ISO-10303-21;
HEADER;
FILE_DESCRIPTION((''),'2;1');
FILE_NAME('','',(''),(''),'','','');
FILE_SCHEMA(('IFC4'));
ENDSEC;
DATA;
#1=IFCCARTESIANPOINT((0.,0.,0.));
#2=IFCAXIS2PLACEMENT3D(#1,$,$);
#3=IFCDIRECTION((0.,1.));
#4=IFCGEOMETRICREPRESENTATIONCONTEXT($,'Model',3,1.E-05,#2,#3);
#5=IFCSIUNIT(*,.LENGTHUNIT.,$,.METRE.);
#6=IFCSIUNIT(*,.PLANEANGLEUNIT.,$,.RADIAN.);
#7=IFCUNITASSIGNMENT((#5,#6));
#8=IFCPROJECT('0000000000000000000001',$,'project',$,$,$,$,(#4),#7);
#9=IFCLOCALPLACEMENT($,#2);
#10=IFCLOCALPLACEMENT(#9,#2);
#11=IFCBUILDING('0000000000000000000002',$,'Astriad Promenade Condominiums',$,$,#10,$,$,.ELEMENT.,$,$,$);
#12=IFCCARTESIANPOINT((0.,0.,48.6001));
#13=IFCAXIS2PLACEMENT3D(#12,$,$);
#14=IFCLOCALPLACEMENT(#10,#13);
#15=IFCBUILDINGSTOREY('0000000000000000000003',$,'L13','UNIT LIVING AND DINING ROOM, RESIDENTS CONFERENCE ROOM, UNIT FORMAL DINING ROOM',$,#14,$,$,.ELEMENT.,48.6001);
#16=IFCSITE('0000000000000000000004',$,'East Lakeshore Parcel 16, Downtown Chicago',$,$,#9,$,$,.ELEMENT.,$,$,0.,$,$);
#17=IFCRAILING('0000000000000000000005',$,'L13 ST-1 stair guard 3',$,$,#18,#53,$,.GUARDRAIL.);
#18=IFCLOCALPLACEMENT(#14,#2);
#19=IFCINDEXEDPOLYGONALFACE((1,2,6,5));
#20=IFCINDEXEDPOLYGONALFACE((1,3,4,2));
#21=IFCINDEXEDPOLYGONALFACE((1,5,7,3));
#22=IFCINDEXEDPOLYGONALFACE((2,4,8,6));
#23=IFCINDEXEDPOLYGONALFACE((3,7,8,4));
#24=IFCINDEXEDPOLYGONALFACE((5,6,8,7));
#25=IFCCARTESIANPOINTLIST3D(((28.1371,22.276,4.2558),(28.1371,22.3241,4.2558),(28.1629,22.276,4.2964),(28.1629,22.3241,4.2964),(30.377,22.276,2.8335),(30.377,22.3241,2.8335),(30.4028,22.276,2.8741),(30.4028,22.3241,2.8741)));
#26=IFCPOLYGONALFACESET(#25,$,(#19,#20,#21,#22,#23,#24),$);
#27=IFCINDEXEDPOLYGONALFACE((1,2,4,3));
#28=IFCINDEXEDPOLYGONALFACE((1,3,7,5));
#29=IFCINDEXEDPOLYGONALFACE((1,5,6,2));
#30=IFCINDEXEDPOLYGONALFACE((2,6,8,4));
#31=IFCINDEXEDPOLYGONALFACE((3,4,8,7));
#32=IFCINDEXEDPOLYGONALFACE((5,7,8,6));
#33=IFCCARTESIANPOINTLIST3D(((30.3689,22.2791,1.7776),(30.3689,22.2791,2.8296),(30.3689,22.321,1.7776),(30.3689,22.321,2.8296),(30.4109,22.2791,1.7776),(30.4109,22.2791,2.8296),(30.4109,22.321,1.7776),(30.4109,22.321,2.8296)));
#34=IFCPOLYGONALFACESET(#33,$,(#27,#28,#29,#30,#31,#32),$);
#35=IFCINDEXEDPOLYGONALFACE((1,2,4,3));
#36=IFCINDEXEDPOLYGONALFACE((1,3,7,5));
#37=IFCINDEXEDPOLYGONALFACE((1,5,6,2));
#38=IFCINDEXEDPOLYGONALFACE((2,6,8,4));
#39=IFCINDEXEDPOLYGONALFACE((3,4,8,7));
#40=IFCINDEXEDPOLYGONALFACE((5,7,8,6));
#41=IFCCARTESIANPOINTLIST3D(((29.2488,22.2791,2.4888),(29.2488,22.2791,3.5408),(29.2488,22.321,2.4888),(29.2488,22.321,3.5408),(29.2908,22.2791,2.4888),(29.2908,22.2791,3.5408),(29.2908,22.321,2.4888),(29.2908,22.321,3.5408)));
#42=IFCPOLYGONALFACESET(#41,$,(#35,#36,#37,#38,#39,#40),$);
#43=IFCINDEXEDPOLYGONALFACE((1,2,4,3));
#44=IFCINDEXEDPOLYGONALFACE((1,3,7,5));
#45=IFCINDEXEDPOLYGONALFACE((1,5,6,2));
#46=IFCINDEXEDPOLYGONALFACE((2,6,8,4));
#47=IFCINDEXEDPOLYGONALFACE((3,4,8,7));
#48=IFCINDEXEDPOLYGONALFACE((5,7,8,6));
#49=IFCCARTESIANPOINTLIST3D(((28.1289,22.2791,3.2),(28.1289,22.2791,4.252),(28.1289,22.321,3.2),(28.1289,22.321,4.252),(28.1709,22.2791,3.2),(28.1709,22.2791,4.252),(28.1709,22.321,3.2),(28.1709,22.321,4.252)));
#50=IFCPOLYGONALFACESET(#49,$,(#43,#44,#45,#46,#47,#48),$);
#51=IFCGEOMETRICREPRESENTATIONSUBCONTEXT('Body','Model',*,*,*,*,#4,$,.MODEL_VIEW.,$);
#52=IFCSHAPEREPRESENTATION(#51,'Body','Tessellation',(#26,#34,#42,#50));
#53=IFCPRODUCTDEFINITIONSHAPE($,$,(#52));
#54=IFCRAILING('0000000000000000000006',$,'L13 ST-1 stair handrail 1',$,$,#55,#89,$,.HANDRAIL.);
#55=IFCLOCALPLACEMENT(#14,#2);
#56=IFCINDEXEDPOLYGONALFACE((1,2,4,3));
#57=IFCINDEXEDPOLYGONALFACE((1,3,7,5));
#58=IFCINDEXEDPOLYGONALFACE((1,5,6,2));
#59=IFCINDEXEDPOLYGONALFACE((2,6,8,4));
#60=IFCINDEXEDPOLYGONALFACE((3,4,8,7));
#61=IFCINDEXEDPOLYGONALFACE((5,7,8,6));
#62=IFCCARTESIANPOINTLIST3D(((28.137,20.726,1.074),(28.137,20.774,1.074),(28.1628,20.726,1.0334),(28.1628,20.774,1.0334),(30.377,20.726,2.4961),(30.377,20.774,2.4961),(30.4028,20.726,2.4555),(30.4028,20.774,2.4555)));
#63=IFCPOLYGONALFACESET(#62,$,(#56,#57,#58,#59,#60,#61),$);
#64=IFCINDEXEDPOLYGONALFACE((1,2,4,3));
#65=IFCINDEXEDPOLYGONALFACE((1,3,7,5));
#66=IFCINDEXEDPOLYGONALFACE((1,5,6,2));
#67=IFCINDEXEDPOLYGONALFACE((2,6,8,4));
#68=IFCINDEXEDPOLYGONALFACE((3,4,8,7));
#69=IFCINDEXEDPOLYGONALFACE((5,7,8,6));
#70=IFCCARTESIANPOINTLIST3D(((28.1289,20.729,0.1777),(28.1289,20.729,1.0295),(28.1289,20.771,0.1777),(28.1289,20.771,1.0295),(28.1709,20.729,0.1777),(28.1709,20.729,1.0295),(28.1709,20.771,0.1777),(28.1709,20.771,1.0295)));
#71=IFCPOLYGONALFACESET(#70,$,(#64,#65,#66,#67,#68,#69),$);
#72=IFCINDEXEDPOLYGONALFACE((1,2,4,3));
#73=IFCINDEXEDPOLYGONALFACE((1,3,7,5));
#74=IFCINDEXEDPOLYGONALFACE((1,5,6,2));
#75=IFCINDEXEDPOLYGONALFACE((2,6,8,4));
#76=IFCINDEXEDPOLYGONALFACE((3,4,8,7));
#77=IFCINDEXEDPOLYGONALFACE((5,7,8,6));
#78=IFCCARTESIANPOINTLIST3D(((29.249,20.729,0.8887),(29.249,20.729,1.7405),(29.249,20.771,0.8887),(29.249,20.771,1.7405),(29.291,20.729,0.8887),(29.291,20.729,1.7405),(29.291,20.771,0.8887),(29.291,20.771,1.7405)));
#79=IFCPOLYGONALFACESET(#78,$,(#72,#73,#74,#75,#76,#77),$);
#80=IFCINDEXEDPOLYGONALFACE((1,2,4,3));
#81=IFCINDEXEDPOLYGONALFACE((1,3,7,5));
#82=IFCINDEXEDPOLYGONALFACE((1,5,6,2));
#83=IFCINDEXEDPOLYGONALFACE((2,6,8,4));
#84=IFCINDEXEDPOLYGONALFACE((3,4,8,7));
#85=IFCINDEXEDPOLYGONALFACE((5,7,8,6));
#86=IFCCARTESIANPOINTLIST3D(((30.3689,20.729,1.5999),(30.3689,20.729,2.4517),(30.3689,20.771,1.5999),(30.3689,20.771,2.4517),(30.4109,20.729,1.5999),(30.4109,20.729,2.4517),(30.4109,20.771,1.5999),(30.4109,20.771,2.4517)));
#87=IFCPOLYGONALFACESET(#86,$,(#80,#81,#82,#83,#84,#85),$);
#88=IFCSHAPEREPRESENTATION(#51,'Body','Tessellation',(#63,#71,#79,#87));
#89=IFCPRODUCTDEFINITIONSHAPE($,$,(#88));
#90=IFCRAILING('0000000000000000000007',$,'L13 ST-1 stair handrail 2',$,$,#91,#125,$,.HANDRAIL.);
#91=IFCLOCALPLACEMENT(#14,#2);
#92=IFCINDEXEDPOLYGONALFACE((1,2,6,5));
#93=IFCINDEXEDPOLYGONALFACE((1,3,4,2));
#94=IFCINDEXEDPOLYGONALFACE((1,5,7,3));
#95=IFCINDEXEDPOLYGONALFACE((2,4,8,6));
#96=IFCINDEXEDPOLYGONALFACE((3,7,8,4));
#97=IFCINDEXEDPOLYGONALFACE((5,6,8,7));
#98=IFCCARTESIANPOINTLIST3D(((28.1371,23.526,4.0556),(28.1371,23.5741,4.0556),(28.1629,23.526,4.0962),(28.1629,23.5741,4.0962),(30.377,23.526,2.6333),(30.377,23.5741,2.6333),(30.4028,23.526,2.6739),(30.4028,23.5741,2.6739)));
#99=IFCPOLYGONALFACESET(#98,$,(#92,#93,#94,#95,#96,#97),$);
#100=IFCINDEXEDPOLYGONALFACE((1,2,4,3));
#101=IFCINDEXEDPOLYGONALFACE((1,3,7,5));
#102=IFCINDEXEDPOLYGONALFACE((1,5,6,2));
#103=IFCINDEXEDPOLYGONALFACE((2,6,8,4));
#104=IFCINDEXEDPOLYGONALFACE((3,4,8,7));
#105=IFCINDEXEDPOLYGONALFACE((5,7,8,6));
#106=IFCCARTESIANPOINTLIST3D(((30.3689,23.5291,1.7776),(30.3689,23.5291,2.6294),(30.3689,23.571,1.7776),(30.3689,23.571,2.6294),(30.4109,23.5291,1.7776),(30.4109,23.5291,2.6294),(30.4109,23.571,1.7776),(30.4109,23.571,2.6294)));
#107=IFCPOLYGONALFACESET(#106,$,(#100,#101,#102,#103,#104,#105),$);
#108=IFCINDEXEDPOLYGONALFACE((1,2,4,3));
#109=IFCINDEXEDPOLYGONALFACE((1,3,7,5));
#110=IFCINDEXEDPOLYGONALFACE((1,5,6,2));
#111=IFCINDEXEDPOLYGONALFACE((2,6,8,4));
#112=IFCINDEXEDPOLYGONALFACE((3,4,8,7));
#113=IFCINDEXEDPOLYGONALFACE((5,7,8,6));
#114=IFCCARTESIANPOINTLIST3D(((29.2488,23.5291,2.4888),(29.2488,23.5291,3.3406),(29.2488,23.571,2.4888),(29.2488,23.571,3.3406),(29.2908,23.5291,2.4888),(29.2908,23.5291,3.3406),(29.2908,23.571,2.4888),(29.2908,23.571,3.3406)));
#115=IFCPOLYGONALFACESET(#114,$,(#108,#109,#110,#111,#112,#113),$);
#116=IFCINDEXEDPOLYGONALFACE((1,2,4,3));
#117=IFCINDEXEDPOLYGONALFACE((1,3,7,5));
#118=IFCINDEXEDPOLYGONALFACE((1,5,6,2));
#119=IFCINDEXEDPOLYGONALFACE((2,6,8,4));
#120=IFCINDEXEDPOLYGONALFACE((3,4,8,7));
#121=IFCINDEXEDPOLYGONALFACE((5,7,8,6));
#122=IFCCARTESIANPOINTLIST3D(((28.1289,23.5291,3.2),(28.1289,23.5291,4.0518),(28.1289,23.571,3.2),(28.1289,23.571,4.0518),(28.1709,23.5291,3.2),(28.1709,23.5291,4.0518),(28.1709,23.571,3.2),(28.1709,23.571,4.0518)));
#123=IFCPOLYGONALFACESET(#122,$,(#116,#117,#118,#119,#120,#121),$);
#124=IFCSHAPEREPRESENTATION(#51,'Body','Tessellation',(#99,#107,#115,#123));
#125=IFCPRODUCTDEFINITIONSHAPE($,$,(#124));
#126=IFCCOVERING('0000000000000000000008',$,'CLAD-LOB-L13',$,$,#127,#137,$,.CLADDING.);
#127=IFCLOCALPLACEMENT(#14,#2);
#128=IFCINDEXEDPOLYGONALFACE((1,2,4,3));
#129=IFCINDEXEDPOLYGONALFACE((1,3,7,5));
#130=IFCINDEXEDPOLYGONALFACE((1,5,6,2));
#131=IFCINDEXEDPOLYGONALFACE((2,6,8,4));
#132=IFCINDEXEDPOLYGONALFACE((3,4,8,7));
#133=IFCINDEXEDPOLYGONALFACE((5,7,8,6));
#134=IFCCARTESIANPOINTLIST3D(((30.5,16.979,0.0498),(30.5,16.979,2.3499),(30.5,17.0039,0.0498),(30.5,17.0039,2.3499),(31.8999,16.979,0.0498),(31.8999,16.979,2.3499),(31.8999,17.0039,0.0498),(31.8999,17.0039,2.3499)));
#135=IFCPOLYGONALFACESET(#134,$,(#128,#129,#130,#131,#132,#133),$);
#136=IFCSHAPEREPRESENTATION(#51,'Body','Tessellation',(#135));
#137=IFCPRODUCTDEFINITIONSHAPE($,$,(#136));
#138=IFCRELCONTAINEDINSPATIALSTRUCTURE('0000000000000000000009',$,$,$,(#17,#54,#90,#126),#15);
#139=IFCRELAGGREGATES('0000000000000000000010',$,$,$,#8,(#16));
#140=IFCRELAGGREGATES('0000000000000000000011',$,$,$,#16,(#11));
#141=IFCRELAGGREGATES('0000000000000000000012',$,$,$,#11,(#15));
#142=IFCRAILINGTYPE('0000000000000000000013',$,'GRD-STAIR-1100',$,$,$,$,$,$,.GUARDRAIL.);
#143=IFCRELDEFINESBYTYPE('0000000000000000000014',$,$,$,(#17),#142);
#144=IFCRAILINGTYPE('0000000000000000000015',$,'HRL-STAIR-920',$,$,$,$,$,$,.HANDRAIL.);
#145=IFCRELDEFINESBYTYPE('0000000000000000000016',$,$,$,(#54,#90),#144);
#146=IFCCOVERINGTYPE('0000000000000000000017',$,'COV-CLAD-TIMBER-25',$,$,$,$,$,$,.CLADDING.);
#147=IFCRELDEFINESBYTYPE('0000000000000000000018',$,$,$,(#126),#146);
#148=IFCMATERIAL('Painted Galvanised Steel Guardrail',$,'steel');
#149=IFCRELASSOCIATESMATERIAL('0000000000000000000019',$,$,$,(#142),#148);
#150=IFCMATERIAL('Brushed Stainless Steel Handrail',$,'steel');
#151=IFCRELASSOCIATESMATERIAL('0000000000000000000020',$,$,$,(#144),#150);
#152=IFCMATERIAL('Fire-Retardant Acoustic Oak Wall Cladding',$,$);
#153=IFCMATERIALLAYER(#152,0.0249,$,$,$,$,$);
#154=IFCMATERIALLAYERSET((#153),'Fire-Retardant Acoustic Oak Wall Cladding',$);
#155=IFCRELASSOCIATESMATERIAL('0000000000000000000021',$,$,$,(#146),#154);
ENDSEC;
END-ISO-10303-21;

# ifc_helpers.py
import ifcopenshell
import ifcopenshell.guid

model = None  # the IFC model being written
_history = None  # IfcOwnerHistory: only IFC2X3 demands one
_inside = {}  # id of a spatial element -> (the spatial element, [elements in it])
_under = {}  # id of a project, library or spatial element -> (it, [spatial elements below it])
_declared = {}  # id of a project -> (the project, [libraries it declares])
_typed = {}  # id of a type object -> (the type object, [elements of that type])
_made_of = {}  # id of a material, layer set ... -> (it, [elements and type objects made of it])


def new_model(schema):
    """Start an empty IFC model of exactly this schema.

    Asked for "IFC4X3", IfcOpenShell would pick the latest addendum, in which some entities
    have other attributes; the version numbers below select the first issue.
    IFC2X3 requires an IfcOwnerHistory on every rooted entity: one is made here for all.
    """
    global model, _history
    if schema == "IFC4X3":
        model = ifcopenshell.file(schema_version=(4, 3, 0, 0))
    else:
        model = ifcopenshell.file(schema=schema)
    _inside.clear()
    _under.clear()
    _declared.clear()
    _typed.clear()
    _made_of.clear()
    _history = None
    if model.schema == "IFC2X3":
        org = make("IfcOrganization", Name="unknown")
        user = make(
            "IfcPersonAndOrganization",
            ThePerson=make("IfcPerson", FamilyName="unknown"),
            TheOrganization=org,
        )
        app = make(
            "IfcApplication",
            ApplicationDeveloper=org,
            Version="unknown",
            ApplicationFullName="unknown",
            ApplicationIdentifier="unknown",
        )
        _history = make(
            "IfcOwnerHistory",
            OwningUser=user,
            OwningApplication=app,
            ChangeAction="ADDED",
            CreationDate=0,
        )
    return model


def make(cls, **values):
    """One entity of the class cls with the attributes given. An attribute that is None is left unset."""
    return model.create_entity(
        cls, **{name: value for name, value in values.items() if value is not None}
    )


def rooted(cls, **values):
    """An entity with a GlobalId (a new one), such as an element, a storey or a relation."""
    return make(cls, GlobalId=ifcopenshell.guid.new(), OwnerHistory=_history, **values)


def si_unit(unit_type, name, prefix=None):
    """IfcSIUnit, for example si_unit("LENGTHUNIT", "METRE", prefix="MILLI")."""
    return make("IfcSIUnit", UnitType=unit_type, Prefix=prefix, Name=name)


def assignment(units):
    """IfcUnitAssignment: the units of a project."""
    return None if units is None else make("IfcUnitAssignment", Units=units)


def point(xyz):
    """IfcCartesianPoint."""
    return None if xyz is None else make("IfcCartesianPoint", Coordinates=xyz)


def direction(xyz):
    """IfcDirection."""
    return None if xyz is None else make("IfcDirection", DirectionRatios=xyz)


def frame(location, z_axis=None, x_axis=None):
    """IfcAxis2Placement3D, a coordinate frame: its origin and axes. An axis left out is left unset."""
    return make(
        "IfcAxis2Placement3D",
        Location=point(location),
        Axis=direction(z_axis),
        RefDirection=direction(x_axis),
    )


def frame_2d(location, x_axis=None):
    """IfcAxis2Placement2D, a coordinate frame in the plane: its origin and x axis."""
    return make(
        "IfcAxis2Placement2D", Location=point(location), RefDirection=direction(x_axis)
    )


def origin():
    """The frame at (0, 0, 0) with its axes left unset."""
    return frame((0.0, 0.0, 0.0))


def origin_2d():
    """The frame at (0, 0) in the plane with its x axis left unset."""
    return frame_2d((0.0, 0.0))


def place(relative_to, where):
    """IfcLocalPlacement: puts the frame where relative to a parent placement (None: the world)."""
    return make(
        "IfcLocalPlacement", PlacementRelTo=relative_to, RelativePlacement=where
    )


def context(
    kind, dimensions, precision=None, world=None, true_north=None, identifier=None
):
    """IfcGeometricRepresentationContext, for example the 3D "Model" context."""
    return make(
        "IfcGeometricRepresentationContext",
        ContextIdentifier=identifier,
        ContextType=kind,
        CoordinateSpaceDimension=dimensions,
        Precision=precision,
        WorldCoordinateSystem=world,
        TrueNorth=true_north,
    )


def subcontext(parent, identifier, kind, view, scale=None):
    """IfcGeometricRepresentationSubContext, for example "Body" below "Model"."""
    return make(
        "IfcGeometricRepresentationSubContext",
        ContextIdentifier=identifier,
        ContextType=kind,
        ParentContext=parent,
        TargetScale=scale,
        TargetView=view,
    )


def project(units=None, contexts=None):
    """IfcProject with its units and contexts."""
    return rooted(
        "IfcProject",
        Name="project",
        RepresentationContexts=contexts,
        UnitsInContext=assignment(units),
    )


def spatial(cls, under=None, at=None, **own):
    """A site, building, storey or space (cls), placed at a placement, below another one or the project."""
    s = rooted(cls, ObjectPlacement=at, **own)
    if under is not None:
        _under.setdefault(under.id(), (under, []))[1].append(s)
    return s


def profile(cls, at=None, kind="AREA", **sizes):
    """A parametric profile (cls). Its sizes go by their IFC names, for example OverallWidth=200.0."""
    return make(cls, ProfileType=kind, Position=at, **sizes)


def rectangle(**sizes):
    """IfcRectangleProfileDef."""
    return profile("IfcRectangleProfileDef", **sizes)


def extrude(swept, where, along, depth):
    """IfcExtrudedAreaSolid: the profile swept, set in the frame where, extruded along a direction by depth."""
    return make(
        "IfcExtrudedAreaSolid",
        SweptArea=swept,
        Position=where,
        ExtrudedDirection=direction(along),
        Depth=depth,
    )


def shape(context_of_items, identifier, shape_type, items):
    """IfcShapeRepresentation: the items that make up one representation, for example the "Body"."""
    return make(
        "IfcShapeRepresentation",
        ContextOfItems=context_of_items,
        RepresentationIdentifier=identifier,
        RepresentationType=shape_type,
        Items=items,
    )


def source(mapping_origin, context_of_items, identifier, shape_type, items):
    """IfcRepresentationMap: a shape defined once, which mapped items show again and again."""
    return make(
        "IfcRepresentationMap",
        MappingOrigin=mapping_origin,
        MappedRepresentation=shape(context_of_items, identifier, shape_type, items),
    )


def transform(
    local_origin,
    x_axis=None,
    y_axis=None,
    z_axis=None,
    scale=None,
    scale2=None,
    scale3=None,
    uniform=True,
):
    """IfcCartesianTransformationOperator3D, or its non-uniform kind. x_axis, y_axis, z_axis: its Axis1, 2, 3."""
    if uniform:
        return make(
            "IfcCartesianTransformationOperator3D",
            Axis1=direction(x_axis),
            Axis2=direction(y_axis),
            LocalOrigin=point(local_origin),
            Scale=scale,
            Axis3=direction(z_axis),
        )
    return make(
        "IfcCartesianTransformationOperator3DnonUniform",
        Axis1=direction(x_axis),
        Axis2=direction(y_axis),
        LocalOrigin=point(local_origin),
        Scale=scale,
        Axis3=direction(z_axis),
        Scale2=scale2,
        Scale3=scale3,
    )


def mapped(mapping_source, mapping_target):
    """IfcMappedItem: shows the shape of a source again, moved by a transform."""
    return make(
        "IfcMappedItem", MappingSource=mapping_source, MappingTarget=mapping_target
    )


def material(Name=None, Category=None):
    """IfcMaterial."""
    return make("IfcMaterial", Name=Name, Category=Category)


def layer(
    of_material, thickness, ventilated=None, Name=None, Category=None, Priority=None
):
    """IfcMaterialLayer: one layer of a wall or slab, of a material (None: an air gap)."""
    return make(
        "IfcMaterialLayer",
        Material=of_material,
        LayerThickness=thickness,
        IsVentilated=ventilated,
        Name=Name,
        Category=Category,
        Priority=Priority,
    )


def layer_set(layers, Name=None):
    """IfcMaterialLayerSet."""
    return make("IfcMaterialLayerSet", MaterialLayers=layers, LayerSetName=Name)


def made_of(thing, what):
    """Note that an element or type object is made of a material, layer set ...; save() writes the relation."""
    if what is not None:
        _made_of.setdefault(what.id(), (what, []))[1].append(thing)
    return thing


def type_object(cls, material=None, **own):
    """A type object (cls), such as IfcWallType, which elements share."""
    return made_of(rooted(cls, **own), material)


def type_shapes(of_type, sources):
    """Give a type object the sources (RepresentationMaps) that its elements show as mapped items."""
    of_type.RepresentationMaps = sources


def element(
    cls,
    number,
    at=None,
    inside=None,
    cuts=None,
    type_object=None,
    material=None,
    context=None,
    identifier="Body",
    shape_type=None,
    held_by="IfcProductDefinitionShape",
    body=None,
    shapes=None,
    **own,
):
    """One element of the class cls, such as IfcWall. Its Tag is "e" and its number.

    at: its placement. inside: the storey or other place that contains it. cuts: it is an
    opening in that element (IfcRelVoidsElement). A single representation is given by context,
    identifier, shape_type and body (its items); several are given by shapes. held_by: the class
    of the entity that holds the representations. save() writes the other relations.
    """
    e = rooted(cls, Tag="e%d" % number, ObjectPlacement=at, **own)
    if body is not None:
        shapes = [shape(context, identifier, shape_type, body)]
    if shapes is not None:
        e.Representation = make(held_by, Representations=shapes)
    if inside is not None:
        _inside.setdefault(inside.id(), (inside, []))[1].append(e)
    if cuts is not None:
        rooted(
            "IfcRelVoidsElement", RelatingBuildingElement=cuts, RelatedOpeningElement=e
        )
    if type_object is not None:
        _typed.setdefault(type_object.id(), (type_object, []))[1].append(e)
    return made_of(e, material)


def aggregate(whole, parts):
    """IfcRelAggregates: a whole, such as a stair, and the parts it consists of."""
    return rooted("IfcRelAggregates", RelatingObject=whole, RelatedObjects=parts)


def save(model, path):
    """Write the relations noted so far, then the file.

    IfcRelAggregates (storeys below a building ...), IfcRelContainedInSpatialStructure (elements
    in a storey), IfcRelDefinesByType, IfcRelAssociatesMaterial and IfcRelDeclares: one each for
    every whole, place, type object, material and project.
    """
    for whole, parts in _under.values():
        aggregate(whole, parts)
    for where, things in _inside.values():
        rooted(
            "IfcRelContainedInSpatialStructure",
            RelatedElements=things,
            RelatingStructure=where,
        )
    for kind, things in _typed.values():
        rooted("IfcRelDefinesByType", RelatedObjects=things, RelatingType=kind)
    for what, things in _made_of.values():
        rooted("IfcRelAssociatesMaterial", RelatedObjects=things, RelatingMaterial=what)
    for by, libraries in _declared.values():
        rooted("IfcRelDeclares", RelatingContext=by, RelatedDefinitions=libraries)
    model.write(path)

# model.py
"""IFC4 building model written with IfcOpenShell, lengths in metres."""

from ifc_helpers import new_model, si_unit, direction, frame, origin, origin_2d, place, context, subcontext, project, spatial, rectangle, extrude, source, transform, mapped, material, layer, layer_set, type_object, type_shapes, element, save


model = new_model("IFC4")

# Units and contexts
model_context = context("Model", 3, precision=1e-05, world=origin(), true_north=direction((0.0, 1.0)))
body_context = subcontext(model_context, "Body", "Model", "MODEL_VIEW")
ifc_project = project(units=[si_unit("LENGTHUNIT", "METRE"), si_unit("PLANEANGLEUNIT", "RADIAN")], contexts=[model_context])

# Site, building, storey
site_placement = place(None, origin())
site = spatial("IfcSite", under=ifc_project, at=site_placement, Name="East Lakeshore Parcel 16, Downtown Chicago", CompositionType="ELEMENT", RefElevation=0.0)
building_placement = place(site_placement, origin())
building = spatial("IfcBuilding", under=site, at=building_placement, Name="Astriad Promenade Condominiums", CompositionType="ELEMENT")
storey_placement = place(building_placement, frame((0.0, 0.0, 48.6001)))
storey = spatial("IfcBuildingStorey", under=building, at=storey_placement, Name="L13", Description="UNIT LIVING AND DINING ROOM, RESIDENTS CONFERENCE ROOM, UNIT FORMAL DINING ROOM", CompositionType="ELEMENT", Elevation=48.6001)

# Railings
ifc_material_1 = material(Name="Painted Galvanised Steel Guardrail", Category="steel")
railing_type_1 = type_object("IfcRailingType", Name="GRD-STAIR-1100", PredefinedType="GUARDRAIL", material=ifc_material_1)
shared_shape_1 = source(origin(), body_context, "Body", "SweptSolid", [
    extrude(rectangle(XDim=0.0481, YDim=0.0481, at=origin_2d()), frame((0.0, 0.0, 1.0762), z_axis=(-0.844188, 0.0, 0.536048), x_axis=(0.0, -1.0, 0.0)), (0.0, 0.0, 1.0), 2.6533),
    extrude(rectangle(XDim=0.042, YDim=0.042, at=origin_2d()), origin(), (0.0, 0.0, 1.0), 1.052),
    extrude(rectangle(XDim=0.042, YDim=0.042, at=origin_2d()), frame((-1.1201, 0.0, 0.7112)), (0.0, 0.0, 1.0), 1.052),
    extrude(rectangle(XDim=0.042, YDim=0.042, at=origin_2d()), frame((-2.24, 0.0, 1.4224)), (0.0, 0.0, 1.0), 1.052),
])
railing_1_placement = place(storey_placement, frame((30.3899, 22.3, 1.7776)))
element("IfcRailing", 1, at=railing_1_placement, inside=storey, type_object=railing_type_1, Name="L13 ST-1 stair guard 3", PredefinedType="GUARDRAIL", context=body_context, shape_type="MappedRepresentation", body=[
    mapped(shared_shape_1, transform((0.0, 0.0, 0.0), scale=1.0)),
])
ifc_material_2 = material(Name="Brushed Stainless Steel Handrail", Category="steel")
railing_type_2 = type_object("IfcRailingType", Name="HRL-STAIR-920", PredefinedType="HANDRAIL", material=ifc_material_2)
shared_shape_2 = source(origin(), body_context, "Body", "SweptSolid", [
    extrude(rectangle(XDim=0.0481, YDim=0.0481, at=origin_2d()), frame((0.0, 0.0, 0.876), z_axis=(0.844229, 0.0, 0.535982), x_axis=(0.0, 1.0, 0.0)), (0.0, 0.0, 1.0), 2.6533),
    extrude(rectangle(XDim=0.042, YDim=0.042, at=origin_2d()), origin(), (0.0, 0.0, 1.0), 0.8518),
    extrude(rectangle(XDim=0.042, YDim=0.042, at=origin_2d()), frame((1.1201, 0.0, 0.7109)), (0.0, 0.0, 1.0), 0.8518),
    extrude(rectangle(XDim=0.042, YDim=0.042, at=origin_2d()), frame((2.24, 0.0, 1.4221)), (0.0, 0.0, 1.0), 0.8518),
])
railing_2_placement = place(storey_placement, frame((28.1499, 20.75, 0.1777)))
element("IfcRailing", 2, at=railing_2_placement, inside=storey, type_object=railing_type_2, Name="L13 ST-1 stair handrail 1", PredefinedType="HANDRAIL", context=body_context, shape_type="MappedRepresentation", body=[
    mapped(shared_shape_2, transform((0.0, 0.0, 0.0), scale=1.0)),
])
shared_shape_3 = source(origin(), body_context, "Body", "SweptSolid", [
    extrude(rectangle(XDim=0.0481, YDim=0.0481, at=origin_2d()), frame((0.0, 0.0, 0.876), z_axis=(-0.844188, 0.0, 0.536048), x_axis=(0.0, -1.0, 0.0)), (0.0, 0.0, 1.0), 2.6533),
    extrude(rectangle(XDim=0.042, YDim=0.042, at=origin_2d()), origin(), (0.0, 0.0, 1.0), 0.8518),
    extrude(rectangle(XDim=0.042, YDim=0.042, at=origin_2d()), frame((-1.1201, 0.0, 0.7112)), (0.0, 0.0, 1.0), 0.8518),
    extrude(rectangle(XDim=0.042, YDim=0.042, at=origin_2d()), frame((-2.24, 0.0, 1.4224)), (0.0, 0.0, 1.0), 0.8518),
])
type_shapes(railing_type_2, [shared_shape_2, shared_shape_3])
railing_3_placement = place(storey_placement, frame((30.3899, 23.55, 1.7776)))
element("IfcRailing", 3, at=railing_3_placement, inside=storey, type_object=railing_type_2, Name="L13 ST-1 stair handrail 2", PredefinedType="HANDRAIL", context=body_context, shape_type="MappedRepresentation", body=[
    mapped(shared_shape_3, transform((0.0, 0.0, 0.0), scale=1.0)),
])

# Covering
ifc_material_3 = material(Name="Fire-Retardant Acoustic Oak Wall Cladding")
ifc_layer_1 = layer(ifc_material_3, 0.0249)
ifc_layer_set_1 = layer_set([ifc_layer_1], Name="Fire-Retardant Acoustic Oak Wall Cladding")
covering_type = type_object("IfcCoveringType", Name="COV-CLAD-TIMBER-25", PredefinedType="CLADDING", material=ifc_layer_set_1)
shared_shape_4 = source(origin(), body_context, "Body", "SweptSolid", [
    extrude(rectangle(XDim=1.3999, YDim=0.0249, at=origin_2d()), origin(), (0.0, 0.0, 1.0), 2.3),
])
type_shapes(covering_type, [shared_shape_4])
covering_placement = place(storey_placement, frame((31.2, 16.9915, 0.0498), z_axis=(0.0, 0.0, 1.0), x_axis=(1.0, 0.0, 0.0)))
element("IfcCovering", 4, at=covering_placement, inside=storey, type_object=covering_type, Name="CLAD-LOB-L13", PredefinedType="CLADDING", context=body_context, shape_type="MappedRepresentation", body=[
    mapped(shared_shape_4, transform((0.0, 0.0, 0.0), scale=1.0)),
])

save(model, "model.ifc")
